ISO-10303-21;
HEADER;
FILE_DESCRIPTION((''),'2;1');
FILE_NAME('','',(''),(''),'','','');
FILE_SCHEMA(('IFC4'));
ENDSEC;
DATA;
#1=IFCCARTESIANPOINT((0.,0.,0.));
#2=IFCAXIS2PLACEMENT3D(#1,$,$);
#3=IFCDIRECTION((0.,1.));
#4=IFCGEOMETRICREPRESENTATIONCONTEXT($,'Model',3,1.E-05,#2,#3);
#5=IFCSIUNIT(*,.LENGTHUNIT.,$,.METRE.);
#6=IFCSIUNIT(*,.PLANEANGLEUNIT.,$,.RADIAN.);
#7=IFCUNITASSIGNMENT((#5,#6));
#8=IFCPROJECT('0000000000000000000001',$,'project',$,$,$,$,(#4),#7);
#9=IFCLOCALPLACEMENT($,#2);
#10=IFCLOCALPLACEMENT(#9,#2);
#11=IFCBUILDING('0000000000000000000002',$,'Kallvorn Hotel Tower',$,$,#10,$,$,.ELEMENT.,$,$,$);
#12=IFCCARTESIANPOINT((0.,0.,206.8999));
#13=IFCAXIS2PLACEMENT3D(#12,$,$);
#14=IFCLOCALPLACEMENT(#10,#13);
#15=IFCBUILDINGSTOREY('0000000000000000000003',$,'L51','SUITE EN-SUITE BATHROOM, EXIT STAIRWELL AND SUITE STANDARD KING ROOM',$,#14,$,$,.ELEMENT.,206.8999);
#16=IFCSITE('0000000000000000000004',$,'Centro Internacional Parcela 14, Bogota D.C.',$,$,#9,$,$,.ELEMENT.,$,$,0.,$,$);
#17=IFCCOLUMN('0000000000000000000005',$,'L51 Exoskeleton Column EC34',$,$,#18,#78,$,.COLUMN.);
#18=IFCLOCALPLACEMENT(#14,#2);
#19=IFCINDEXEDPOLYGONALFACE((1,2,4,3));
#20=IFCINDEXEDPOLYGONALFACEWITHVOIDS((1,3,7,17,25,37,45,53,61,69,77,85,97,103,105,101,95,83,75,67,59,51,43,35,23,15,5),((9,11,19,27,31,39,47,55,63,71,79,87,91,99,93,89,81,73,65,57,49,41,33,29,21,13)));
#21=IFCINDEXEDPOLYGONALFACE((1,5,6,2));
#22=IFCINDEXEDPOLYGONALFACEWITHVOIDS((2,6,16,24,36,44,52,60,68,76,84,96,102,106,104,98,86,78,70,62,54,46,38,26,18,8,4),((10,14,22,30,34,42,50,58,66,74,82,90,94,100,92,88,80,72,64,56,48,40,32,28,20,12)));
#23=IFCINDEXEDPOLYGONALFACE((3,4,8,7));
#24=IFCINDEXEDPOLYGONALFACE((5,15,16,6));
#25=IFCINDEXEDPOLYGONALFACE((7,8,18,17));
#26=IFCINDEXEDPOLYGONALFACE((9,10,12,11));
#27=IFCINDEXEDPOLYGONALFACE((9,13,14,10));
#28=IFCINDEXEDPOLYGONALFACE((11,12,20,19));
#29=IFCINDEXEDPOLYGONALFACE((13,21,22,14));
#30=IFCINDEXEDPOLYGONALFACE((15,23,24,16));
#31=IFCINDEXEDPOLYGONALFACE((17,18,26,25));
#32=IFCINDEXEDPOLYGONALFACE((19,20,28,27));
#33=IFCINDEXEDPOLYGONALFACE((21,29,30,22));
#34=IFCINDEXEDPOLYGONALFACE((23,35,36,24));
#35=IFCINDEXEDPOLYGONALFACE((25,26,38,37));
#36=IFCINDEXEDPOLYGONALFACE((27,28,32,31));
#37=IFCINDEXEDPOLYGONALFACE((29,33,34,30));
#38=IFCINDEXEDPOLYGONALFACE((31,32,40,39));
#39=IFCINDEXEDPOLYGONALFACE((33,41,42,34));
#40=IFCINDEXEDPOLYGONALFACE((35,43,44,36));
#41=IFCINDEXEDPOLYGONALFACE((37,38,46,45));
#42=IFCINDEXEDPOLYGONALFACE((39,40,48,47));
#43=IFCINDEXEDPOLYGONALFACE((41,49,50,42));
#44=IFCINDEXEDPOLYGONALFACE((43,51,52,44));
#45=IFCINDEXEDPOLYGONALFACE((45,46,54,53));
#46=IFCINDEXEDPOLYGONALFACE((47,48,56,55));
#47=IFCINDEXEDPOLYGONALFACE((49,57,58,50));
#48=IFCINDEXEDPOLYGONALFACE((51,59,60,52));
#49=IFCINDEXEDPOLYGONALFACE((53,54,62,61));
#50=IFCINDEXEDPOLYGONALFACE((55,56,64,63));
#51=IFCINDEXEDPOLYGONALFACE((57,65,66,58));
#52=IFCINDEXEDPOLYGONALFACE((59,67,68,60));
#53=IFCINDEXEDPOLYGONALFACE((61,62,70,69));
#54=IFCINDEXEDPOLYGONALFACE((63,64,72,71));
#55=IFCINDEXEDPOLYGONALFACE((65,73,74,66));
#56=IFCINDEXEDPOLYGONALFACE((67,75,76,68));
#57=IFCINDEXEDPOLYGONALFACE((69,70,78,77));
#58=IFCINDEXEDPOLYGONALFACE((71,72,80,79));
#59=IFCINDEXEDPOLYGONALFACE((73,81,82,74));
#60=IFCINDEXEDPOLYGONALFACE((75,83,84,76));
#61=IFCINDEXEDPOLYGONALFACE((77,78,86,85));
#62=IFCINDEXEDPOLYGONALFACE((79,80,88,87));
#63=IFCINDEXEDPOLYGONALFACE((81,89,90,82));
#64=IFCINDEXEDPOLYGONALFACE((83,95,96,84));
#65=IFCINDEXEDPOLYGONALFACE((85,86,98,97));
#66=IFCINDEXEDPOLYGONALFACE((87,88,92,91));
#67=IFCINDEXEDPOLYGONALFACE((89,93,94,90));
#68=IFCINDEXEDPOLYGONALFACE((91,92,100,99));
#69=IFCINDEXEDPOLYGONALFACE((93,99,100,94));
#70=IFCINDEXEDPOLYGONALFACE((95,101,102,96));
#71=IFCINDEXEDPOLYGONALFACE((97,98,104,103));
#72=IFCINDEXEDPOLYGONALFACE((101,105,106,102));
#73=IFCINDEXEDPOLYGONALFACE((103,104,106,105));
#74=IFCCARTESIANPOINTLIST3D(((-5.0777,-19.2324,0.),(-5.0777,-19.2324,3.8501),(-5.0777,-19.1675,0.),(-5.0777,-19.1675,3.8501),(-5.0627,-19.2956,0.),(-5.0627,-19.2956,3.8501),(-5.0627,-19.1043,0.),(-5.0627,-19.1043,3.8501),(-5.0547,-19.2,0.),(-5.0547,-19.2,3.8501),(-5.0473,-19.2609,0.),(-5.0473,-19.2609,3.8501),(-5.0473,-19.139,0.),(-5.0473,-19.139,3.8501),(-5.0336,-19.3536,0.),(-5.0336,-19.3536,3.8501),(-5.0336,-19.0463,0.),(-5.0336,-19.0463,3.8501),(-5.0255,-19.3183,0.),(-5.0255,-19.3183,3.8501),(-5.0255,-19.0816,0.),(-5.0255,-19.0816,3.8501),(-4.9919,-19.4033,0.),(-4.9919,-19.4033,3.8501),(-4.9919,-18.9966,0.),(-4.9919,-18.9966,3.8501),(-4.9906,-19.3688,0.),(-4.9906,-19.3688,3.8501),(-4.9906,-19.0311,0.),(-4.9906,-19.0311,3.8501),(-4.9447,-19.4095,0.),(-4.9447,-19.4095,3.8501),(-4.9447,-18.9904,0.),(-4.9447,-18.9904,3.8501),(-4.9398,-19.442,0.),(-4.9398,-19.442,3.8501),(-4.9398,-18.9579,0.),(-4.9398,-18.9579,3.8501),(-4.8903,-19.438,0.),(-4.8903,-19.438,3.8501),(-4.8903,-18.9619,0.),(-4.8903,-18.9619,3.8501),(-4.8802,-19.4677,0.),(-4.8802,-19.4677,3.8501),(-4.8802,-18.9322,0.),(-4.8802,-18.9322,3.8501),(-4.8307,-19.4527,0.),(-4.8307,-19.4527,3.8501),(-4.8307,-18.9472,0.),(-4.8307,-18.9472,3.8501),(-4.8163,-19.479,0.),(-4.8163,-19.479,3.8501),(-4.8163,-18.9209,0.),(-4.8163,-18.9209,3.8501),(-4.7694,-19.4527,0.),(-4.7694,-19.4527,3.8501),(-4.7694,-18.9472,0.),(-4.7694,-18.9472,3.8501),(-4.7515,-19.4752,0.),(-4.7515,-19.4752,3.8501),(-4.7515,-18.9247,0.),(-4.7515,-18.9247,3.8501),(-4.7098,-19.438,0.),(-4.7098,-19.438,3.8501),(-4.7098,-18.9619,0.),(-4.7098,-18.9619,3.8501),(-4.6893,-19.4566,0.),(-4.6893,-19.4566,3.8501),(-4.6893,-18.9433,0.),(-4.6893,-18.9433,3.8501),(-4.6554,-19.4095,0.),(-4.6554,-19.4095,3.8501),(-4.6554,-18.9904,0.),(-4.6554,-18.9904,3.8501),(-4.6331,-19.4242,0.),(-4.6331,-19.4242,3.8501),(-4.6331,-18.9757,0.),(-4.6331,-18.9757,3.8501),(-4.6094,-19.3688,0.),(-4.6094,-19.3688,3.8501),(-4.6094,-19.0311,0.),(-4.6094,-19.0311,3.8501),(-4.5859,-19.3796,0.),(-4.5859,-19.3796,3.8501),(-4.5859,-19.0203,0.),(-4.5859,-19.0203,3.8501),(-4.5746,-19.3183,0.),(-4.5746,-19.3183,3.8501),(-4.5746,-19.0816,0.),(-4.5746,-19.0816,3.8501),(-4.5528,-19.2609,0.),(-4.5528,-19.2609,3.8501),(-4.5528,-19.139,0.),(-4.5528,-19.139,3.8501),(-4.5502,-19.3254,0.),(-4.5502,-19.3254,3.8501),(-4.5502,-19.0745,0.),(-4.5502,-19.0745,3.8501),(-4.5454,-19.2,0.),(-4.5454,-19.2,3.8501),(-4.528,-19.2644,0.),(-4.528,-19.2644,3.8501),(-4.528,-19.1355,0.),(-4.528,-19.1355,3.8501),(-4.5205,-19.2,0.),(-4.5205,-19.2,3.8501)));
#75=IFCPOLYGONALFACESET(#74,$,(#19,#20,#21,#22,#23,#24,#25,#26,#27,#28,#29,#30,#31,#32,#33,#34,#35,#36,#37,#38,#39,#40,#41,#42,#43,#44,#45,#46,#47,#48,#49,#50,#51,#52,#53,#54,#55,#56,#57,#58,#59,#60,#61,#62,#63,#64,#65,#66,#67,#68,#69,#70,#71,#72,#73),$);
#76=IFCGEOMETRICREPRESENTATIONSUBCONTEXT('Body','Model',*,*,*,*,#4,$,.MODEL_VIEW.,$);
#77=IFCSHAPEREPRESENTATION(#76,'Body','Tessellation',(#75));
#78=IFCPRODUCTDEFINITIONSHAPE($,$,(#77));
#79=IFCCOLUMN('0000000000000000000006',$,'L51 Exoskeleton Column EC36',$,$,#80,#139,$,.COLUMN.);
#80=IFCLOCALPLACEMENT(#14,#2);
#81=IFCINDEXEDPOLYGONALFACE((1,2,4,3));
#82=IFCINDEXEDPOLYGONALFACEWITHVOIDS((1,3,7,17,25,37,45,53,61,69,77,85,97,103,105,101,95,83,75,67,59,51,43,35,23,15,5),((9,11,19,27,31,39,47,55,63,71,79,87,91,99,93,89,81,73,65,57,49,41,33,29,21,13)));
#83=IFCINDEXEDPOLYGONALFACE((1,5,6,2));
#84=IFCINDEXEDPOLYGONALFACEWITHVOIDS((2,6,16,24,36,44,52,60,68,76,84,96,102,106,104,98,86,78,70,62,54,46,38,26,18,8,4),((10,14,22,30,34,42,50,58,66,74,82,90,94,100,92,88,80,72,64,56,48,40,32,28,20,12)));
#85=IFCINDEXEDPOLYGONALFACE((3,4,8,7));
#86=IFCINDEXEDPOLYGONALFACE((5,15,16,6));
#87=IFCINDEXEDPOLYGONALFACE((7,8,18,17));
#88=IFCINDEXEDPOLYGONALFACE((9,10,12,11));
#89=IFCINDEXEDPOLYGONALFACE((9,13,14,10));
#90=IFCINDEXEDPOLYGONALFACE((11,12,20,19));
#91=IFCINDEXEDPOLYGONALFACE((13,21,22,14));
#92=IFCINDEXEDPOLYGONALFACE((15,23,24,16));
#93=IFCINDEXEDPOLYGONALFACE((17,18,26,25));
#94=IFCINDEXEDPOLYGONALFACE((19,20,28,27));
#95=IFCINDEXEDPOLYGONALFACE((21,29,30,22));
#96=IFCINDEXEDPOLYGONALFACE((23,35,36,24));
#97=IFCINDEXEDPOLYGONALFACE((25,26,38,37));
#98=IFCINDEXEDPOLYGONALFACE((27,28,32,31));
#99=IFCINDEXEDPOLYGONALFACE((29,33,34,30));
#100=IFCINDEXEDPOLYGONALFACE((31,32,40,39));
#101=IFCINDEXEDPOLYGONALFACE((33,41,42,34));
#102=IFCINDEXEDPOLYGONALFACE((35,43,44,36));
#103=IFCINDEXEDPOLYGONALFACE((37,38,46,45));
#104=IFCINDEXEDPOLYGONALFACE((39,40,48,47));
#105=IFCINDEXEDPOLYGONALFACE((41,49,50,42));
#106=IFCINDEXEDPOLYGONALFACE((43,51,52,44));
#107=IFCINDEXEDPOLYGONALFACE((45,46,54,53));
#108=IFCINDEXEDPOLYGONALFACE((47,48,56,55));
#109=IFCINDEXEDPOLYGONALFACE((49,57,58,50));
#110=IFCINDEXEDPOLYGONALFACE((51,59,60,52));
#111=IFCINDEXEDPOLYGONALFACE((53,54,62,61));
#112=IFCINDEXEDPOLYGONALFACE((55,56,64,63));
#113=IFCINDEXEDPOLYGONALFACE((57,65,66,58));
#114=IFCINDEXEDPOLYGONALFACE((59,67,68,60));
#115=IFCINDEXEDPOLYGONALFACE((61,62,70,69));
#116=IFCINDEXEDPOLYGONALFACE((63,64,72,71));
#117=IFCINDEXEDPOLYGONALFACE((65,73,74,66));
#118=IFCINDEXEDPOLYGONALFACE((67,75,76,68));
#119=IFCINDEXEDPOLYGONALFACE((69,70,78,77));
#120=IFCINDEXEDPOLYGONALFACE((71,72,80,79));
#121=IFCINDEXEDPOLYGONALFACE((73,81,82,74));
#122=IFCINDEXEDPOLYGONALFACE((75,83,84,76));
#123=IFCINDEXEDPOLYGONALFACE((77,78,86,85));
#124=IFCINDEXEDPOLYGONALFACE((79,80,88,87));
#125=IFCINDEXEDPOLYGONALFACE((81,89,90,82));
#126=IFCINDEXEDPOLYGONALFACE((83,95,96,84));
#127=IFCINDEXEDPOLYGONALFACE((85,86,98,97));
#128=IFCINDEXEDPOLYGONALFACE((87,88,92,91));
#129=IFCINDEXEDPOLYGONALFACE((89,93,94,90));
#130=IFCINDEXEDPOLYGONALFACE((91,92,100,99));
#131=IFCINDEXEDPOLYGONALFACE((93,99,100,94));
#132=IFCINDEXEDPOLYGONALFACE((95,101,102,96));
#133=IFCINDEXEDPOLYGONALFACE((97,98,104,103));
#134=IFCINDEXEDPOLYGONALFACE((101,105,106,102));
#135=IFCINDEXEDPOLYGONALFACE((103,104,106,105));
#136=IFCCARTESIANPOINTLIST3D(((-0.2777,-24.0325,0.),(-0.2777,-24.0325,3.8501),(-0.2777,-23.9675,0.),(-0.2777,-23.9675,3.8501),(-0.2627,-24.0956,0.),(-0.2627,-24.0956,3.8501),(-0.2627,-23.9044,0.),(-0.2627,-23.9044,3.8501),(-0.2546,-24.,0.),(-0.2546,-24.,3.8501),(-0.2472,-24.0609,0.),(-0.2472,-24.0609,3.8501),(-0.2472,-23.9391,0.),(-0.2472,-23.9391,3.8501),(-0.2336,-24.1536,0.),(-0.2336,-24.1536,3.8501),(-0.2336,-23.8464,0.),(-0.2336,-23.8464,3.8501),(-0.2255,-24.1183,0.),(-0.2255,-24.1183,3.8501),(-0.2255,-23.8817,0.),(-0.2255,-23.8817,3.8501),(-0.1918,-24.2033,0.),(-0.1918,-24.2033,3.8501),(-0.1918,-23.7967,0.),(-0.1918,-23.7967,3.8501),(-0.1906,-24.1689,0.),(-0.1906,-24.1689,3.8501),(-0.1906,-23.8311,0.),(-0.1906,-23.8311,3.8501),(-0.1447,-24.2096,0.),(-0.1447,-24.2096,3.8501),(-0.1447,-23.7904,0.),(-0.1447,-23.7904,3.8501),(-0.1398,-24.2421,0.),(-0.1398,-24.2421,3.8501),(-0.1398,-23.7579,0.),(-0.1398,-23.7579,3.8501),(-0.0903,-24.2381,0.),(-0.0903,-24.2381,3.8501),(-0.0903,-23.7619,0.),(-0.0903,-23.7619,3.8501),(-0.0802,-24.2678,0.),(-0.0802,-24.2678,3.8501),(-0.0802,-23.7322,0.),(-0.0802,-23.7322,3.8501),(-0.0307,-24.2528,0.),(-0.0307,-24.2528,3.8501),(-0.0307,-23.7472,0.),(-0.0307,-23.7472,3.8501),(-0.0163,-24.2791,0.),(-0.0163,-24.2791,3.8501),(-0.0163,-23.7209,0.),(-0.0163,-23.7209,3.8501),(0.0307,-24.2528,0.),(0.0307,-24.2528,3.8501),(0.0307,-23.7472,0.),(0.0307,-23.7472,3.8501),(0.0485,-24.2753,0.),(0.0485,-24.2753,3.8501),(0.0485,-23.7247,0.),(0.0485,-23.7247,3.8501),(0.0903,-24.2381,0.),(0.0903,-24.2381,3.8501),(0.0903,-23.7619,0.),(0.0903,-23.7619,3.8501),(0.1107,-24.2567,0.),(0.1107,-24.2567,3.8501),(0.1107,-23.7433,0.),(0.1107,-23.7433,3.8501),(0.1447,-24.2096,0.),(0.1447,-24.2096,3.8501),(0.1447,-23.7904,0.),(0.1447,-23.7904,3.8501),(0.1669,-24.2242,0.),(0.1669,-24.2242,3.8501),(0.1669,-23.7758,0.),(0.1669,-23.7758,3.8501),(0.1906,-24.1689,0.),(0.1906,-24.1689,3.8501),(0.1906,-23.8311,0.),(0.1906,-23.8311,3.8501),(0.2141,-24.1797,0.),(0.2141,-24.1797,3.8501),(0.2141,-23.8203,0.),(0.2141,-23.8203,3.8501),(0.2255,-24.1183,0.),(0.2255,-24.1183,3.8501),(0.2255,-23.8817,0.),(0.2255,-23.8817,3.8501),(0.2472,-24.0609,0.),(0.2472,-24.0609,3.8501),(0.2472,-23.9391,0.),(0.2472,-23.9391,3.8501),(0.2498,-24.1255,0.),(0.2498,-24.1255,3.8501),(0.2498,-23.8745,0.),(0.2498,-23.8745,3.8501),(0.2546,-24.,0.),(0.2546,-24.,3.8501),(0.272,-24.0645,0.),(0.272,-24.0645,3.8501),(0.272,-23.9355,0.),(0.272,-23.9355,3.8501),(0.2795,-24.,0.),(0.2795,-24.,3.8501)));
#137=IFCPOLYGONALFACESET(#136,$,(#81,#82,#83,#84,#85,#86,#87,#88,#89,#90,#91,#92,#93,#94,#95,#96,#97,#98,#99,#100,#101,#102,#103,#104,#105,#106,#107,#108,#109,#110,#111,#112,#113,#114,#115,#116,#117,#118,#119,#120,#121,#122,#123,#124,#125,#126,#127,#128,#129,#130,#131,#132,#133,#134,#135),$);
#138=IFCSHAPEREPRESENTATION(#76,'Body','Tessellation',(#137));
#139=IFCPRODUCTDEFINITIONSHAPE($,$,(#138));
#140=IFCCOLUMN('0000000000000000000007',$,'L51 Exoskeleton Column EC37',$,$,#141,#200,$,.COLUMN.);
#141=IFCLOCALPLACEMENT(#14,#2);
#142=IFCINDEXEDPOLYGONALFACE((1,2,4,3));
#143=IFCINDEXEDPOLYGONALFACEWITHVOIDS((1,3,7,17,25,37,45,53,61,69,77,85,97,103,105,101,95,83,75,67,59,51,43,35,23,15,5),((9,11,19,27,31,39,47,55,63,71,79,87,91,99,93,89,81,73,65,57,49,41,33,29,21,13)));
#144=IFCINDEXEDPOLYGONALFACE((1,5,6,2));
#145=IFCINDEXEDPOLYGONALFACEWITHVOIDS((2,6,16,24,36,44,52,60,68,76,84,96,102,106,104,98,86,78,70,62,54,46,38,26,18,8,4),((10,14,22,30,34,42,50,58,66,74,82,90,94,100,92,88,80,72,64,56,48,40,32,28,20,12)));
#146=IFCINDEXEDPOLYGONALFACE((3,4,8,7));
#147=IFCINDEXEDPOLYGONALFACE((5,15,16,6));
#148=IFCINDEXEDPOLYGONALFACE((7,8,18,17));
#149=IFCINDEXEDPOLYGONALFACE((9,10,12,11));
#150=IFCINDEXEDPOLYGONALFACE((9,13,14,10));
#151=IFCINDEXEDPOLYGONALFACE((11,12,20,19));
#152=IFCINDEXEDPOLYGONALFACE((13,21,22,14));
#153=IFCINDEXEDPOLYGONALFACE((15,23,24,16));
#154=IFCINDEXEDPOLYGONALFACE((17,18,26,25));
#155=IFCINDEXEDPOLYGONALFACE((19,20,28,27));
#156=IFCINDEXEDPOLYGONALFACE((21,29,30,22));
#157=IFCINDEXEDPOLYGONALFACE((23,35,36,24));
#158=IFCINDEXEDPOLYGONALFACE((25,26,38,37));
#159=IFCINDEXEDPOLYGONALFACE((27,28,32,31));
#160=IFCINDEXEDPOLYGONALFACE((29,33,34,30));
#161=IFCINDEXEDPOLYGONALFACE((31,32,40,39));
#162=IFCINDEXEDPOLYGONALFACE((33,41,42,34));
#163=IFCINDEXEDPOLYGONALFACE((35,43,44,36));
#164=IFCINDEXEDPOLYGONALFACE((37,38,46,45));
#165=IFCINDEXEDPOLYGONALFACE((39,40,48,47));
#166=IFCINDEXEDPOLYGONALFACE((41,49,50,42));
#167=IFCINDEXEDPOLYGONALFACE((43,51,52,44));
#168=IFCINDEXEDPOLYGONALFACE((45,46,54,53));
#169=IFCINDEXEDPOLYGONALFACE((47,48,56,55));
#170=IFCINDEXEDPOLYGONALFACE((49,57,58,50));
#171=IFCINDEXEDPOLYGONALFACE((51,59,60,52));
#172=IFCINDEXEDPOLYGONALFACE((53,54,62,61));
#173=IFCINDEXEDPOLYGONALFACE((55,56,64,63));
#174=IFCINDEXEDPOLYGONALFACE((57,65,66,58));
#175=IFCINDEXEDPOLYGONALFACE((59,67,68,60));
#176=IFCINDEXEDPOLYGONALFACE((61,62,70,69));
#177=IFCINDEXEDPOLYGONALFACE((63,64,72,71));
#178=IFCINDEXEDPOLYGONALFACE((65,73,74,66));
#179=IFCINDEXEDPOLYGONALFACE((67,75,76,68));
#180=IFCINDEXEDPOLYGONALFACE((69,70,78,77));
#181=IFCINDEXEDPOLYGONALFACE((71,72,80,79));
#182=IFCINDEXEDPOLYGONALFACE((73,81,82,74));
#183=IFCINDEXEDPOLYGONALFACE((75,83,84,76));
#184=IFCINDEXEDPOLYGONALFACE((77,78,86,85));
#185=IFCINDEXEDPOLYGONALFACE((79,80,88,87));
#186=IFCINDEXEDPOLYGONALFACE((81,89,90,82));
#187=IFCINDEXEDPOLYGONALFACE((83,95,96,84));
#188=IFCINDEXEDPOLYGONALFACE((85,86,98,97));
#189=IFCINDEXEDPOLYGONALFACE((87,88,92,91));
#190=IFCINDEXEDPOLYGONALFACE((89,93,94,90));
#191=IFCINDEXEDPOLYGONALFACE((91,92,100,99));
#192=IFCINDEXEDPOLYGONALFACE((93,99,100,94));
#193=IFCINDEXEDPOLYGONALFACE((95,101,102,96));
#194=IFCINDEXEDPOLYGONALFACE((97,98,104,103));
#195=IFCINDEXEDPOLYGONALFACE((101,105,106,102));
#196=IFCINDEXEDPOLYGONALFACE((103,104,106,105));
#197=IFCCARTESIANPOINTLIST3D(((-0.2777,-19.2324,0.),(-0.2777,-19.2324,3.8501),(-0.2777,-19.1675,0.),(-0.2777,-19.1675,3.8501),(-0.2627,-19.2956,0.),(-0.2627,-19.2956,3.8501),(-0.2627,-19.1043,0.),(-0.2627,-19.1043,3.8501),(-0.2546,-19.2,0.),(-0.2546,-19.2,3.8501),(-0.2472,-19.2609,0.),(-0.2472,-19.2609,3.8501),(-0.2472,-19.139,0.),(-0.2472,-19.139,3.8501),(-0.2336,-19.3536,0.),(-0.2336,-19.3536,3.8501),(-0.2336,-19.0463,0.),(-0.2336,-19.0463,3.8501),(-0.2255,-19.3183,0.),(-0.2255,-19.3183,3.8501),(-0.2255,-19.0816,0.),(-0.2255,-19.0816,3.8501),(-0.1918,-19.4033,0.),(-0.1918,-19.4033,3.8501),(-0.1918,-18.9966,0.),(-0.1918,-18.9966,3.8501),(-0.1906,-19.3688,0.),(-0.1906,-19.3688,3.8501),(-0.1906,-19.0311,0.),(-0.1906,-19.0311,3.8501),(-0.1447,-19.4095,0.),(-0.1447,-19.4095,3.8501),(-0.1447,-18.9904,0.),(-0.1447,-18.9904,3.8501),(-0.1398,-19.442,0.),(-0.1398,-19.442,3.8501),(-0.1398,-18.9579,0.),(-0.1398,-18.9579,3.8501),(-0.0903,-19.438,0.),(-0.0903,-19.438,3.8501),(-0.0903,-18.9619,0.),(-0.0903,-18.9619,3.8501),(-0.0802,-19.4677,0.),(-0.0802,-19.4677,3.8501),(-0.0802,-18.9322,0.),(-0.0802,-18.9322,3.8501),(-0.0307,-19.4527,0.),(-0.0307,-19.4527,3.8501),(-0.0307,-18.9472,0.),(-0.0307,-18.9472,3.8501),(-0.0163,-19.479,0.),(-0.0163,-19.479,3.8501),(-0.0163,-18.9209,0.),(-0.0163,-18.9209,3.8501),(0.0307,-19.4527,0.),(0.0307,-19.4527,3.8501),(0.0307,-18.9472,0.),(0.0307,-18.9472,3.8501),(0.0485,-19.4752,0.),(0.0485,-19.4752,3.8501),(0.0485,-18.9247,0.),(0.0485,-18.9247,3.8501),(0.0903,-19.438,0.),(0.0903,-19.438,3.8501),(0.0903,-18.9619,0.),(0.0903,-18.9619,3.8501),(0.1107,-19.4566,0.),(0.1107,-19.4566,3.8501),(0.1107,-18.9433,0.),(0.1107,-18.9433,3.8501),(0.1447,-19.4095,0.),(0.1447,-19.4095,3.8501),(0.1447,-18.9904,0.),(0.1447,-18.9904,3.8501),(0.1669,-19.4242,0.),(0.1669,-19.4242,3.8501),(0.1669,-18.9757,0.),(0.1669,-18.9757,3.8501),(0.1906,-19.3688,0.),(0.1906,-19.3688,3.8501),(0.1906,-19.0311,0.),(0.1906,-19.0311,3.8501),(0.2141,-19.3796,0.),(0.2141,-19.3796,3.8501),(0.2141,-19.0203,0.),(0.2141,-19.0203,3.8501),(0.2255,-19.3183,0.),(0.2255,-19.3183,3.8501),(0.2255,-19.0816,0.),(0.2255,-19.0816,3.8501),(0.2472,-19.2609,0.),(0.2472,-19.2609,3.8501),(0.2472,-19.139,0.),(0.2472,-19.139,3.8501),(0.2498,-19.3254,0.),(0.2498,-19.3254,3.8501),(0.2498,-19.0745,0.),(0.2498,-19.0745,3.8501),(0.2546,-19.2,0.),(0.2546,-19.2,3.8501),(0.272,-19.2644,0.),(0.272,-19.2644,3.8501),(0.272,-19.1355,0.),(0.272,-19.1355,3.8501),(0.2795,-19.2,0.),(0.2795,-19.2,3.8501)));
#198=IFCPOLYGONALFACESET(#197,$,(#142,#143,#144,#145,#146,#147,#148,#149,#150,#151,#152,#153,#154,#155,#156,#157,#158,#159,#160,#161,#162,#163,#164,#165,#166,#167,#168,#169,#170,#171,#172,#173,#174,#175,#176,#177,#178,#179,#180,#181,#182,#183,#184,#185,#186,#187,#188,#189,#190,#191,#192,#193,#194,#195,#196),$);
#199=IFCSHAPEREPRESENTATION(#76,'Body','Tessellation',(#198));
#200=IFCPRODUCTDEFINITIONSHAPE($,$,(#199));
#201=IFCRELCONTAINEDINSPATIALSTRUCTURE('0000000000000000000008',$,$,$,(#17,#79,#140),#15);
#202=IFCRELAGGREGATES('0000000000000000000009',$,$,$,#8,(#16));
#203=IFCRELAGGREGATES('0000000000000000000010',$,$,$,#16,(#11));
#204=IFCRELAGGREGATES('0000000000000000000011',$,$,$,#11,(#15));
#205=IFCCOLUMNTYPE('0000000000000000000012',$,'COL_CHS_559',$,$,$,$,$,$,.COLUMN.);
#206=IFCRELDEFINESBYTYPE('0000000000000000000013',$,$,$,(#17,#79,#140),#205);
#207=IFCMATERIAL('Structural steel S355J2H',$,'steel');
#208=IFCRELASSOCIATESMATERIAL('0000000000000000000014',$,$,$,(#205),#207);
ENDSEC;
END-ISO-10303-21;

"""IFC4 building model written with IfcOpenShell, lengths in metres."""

from ifc_helpers import new_model, si_unit, direction, frame, origin, origin_2d, place, context, subcontext, project, spatial, hollow_circle, extrude, material, material_profile, profile_set, type_object, element, save


model = new_model("IFC4")

# Units and contexts
model_context = context("Model", 3, precision=1e-05, world=origin(), true_north=direction((0.0, 1.0)))
body_context = subcontext(model_context, "Body", "Model", "MODEL_VIEW")
ifc_project = project(units=[si_unit("LENGTHUNIT", "METRE"), si_unit("PLANEANGLEUNIT", "RADIAN")], contexts=[model_context])

# Site, building, storey
site_placement = place(None, origin())
site = spatial("IfcSite", under=ifc_project, at=site_placement, Name="Centro Internacional Parcela 14, Bogota D.C.", CompositionType="ELEMENT", RefElevation=0.0)
building_placement = place(site_placement, origin())
building = spatial("IfcBuilding", under=site, at=building_placement, Name="Kallvorn Hotel Tower", CompositionType="ELEMENT")
storey_placement = place(building_placement, frame((0.0, 0.0, 206.8999)))
storey = spatial("IfcBuildingStorey", under=building, at=storey_placement, Name="L51", Description="SUITE EN-SUITE BATHROOM, EXIT STAIRWELL AND SUITE STANDARD KING ROOM", CompositionType="ELEMENT", Elevation=206.8999)

# Columns
ifc_material_1 = material(Name="Structural steel S355J2H", Category="steel")
ifc_material_profile_1 = material_profile(ifc_material_1, hollow_circle(Radius=0.2795, WallThickness=0.0249, at=origin_2d()), Name="CHS 559x25")
ifc_profile_set_1 = profile_set([ifc_material_profile_1], Name="Structural steel S355J2H")
column_type_1 = type_object("IfcColumnType", Name="COL_CHS_559", PredefinedType="COLUMN", material=ifc_profile_set_1)
for number, where, z_axis, x_axis, name in (
    (1, (-4.8, -19.2, 0.0), (0.0, 0.0, 1.0), (1.0, 0.0, 0.0), "L51 Exoskeleton Column EC34"),
    (2, (0.0, -24.0, 0.0), (0.0, 0.0, 1.0), (1.0, 0.0, 0.0), "L51 Exoskeleton Column EC36"),
    (3, (0.0, -19.2, 0.0), (0.0, 0.0, 1.0), (1.0, 0.0, 0.0), "L51 Exoskeleton Column EC37"),
):
    element("IfcColumn", number, at=place(storey_placement, frame(where, z_axis=z_axis, x_axis=x_axis)), inside=storey, type_object=column_type_1, Name=name, PredefinedType="COLUMN", context=body_context, shape_type="SweptSolid", body=[
        extrude(hollow_circle(Radius=0.2795, WallThickness=0.0249, at=origin_2d()), origin(), (0.0, 0.0, 1.0), 3.8501),
    ])

save(model, "model.ifc")
